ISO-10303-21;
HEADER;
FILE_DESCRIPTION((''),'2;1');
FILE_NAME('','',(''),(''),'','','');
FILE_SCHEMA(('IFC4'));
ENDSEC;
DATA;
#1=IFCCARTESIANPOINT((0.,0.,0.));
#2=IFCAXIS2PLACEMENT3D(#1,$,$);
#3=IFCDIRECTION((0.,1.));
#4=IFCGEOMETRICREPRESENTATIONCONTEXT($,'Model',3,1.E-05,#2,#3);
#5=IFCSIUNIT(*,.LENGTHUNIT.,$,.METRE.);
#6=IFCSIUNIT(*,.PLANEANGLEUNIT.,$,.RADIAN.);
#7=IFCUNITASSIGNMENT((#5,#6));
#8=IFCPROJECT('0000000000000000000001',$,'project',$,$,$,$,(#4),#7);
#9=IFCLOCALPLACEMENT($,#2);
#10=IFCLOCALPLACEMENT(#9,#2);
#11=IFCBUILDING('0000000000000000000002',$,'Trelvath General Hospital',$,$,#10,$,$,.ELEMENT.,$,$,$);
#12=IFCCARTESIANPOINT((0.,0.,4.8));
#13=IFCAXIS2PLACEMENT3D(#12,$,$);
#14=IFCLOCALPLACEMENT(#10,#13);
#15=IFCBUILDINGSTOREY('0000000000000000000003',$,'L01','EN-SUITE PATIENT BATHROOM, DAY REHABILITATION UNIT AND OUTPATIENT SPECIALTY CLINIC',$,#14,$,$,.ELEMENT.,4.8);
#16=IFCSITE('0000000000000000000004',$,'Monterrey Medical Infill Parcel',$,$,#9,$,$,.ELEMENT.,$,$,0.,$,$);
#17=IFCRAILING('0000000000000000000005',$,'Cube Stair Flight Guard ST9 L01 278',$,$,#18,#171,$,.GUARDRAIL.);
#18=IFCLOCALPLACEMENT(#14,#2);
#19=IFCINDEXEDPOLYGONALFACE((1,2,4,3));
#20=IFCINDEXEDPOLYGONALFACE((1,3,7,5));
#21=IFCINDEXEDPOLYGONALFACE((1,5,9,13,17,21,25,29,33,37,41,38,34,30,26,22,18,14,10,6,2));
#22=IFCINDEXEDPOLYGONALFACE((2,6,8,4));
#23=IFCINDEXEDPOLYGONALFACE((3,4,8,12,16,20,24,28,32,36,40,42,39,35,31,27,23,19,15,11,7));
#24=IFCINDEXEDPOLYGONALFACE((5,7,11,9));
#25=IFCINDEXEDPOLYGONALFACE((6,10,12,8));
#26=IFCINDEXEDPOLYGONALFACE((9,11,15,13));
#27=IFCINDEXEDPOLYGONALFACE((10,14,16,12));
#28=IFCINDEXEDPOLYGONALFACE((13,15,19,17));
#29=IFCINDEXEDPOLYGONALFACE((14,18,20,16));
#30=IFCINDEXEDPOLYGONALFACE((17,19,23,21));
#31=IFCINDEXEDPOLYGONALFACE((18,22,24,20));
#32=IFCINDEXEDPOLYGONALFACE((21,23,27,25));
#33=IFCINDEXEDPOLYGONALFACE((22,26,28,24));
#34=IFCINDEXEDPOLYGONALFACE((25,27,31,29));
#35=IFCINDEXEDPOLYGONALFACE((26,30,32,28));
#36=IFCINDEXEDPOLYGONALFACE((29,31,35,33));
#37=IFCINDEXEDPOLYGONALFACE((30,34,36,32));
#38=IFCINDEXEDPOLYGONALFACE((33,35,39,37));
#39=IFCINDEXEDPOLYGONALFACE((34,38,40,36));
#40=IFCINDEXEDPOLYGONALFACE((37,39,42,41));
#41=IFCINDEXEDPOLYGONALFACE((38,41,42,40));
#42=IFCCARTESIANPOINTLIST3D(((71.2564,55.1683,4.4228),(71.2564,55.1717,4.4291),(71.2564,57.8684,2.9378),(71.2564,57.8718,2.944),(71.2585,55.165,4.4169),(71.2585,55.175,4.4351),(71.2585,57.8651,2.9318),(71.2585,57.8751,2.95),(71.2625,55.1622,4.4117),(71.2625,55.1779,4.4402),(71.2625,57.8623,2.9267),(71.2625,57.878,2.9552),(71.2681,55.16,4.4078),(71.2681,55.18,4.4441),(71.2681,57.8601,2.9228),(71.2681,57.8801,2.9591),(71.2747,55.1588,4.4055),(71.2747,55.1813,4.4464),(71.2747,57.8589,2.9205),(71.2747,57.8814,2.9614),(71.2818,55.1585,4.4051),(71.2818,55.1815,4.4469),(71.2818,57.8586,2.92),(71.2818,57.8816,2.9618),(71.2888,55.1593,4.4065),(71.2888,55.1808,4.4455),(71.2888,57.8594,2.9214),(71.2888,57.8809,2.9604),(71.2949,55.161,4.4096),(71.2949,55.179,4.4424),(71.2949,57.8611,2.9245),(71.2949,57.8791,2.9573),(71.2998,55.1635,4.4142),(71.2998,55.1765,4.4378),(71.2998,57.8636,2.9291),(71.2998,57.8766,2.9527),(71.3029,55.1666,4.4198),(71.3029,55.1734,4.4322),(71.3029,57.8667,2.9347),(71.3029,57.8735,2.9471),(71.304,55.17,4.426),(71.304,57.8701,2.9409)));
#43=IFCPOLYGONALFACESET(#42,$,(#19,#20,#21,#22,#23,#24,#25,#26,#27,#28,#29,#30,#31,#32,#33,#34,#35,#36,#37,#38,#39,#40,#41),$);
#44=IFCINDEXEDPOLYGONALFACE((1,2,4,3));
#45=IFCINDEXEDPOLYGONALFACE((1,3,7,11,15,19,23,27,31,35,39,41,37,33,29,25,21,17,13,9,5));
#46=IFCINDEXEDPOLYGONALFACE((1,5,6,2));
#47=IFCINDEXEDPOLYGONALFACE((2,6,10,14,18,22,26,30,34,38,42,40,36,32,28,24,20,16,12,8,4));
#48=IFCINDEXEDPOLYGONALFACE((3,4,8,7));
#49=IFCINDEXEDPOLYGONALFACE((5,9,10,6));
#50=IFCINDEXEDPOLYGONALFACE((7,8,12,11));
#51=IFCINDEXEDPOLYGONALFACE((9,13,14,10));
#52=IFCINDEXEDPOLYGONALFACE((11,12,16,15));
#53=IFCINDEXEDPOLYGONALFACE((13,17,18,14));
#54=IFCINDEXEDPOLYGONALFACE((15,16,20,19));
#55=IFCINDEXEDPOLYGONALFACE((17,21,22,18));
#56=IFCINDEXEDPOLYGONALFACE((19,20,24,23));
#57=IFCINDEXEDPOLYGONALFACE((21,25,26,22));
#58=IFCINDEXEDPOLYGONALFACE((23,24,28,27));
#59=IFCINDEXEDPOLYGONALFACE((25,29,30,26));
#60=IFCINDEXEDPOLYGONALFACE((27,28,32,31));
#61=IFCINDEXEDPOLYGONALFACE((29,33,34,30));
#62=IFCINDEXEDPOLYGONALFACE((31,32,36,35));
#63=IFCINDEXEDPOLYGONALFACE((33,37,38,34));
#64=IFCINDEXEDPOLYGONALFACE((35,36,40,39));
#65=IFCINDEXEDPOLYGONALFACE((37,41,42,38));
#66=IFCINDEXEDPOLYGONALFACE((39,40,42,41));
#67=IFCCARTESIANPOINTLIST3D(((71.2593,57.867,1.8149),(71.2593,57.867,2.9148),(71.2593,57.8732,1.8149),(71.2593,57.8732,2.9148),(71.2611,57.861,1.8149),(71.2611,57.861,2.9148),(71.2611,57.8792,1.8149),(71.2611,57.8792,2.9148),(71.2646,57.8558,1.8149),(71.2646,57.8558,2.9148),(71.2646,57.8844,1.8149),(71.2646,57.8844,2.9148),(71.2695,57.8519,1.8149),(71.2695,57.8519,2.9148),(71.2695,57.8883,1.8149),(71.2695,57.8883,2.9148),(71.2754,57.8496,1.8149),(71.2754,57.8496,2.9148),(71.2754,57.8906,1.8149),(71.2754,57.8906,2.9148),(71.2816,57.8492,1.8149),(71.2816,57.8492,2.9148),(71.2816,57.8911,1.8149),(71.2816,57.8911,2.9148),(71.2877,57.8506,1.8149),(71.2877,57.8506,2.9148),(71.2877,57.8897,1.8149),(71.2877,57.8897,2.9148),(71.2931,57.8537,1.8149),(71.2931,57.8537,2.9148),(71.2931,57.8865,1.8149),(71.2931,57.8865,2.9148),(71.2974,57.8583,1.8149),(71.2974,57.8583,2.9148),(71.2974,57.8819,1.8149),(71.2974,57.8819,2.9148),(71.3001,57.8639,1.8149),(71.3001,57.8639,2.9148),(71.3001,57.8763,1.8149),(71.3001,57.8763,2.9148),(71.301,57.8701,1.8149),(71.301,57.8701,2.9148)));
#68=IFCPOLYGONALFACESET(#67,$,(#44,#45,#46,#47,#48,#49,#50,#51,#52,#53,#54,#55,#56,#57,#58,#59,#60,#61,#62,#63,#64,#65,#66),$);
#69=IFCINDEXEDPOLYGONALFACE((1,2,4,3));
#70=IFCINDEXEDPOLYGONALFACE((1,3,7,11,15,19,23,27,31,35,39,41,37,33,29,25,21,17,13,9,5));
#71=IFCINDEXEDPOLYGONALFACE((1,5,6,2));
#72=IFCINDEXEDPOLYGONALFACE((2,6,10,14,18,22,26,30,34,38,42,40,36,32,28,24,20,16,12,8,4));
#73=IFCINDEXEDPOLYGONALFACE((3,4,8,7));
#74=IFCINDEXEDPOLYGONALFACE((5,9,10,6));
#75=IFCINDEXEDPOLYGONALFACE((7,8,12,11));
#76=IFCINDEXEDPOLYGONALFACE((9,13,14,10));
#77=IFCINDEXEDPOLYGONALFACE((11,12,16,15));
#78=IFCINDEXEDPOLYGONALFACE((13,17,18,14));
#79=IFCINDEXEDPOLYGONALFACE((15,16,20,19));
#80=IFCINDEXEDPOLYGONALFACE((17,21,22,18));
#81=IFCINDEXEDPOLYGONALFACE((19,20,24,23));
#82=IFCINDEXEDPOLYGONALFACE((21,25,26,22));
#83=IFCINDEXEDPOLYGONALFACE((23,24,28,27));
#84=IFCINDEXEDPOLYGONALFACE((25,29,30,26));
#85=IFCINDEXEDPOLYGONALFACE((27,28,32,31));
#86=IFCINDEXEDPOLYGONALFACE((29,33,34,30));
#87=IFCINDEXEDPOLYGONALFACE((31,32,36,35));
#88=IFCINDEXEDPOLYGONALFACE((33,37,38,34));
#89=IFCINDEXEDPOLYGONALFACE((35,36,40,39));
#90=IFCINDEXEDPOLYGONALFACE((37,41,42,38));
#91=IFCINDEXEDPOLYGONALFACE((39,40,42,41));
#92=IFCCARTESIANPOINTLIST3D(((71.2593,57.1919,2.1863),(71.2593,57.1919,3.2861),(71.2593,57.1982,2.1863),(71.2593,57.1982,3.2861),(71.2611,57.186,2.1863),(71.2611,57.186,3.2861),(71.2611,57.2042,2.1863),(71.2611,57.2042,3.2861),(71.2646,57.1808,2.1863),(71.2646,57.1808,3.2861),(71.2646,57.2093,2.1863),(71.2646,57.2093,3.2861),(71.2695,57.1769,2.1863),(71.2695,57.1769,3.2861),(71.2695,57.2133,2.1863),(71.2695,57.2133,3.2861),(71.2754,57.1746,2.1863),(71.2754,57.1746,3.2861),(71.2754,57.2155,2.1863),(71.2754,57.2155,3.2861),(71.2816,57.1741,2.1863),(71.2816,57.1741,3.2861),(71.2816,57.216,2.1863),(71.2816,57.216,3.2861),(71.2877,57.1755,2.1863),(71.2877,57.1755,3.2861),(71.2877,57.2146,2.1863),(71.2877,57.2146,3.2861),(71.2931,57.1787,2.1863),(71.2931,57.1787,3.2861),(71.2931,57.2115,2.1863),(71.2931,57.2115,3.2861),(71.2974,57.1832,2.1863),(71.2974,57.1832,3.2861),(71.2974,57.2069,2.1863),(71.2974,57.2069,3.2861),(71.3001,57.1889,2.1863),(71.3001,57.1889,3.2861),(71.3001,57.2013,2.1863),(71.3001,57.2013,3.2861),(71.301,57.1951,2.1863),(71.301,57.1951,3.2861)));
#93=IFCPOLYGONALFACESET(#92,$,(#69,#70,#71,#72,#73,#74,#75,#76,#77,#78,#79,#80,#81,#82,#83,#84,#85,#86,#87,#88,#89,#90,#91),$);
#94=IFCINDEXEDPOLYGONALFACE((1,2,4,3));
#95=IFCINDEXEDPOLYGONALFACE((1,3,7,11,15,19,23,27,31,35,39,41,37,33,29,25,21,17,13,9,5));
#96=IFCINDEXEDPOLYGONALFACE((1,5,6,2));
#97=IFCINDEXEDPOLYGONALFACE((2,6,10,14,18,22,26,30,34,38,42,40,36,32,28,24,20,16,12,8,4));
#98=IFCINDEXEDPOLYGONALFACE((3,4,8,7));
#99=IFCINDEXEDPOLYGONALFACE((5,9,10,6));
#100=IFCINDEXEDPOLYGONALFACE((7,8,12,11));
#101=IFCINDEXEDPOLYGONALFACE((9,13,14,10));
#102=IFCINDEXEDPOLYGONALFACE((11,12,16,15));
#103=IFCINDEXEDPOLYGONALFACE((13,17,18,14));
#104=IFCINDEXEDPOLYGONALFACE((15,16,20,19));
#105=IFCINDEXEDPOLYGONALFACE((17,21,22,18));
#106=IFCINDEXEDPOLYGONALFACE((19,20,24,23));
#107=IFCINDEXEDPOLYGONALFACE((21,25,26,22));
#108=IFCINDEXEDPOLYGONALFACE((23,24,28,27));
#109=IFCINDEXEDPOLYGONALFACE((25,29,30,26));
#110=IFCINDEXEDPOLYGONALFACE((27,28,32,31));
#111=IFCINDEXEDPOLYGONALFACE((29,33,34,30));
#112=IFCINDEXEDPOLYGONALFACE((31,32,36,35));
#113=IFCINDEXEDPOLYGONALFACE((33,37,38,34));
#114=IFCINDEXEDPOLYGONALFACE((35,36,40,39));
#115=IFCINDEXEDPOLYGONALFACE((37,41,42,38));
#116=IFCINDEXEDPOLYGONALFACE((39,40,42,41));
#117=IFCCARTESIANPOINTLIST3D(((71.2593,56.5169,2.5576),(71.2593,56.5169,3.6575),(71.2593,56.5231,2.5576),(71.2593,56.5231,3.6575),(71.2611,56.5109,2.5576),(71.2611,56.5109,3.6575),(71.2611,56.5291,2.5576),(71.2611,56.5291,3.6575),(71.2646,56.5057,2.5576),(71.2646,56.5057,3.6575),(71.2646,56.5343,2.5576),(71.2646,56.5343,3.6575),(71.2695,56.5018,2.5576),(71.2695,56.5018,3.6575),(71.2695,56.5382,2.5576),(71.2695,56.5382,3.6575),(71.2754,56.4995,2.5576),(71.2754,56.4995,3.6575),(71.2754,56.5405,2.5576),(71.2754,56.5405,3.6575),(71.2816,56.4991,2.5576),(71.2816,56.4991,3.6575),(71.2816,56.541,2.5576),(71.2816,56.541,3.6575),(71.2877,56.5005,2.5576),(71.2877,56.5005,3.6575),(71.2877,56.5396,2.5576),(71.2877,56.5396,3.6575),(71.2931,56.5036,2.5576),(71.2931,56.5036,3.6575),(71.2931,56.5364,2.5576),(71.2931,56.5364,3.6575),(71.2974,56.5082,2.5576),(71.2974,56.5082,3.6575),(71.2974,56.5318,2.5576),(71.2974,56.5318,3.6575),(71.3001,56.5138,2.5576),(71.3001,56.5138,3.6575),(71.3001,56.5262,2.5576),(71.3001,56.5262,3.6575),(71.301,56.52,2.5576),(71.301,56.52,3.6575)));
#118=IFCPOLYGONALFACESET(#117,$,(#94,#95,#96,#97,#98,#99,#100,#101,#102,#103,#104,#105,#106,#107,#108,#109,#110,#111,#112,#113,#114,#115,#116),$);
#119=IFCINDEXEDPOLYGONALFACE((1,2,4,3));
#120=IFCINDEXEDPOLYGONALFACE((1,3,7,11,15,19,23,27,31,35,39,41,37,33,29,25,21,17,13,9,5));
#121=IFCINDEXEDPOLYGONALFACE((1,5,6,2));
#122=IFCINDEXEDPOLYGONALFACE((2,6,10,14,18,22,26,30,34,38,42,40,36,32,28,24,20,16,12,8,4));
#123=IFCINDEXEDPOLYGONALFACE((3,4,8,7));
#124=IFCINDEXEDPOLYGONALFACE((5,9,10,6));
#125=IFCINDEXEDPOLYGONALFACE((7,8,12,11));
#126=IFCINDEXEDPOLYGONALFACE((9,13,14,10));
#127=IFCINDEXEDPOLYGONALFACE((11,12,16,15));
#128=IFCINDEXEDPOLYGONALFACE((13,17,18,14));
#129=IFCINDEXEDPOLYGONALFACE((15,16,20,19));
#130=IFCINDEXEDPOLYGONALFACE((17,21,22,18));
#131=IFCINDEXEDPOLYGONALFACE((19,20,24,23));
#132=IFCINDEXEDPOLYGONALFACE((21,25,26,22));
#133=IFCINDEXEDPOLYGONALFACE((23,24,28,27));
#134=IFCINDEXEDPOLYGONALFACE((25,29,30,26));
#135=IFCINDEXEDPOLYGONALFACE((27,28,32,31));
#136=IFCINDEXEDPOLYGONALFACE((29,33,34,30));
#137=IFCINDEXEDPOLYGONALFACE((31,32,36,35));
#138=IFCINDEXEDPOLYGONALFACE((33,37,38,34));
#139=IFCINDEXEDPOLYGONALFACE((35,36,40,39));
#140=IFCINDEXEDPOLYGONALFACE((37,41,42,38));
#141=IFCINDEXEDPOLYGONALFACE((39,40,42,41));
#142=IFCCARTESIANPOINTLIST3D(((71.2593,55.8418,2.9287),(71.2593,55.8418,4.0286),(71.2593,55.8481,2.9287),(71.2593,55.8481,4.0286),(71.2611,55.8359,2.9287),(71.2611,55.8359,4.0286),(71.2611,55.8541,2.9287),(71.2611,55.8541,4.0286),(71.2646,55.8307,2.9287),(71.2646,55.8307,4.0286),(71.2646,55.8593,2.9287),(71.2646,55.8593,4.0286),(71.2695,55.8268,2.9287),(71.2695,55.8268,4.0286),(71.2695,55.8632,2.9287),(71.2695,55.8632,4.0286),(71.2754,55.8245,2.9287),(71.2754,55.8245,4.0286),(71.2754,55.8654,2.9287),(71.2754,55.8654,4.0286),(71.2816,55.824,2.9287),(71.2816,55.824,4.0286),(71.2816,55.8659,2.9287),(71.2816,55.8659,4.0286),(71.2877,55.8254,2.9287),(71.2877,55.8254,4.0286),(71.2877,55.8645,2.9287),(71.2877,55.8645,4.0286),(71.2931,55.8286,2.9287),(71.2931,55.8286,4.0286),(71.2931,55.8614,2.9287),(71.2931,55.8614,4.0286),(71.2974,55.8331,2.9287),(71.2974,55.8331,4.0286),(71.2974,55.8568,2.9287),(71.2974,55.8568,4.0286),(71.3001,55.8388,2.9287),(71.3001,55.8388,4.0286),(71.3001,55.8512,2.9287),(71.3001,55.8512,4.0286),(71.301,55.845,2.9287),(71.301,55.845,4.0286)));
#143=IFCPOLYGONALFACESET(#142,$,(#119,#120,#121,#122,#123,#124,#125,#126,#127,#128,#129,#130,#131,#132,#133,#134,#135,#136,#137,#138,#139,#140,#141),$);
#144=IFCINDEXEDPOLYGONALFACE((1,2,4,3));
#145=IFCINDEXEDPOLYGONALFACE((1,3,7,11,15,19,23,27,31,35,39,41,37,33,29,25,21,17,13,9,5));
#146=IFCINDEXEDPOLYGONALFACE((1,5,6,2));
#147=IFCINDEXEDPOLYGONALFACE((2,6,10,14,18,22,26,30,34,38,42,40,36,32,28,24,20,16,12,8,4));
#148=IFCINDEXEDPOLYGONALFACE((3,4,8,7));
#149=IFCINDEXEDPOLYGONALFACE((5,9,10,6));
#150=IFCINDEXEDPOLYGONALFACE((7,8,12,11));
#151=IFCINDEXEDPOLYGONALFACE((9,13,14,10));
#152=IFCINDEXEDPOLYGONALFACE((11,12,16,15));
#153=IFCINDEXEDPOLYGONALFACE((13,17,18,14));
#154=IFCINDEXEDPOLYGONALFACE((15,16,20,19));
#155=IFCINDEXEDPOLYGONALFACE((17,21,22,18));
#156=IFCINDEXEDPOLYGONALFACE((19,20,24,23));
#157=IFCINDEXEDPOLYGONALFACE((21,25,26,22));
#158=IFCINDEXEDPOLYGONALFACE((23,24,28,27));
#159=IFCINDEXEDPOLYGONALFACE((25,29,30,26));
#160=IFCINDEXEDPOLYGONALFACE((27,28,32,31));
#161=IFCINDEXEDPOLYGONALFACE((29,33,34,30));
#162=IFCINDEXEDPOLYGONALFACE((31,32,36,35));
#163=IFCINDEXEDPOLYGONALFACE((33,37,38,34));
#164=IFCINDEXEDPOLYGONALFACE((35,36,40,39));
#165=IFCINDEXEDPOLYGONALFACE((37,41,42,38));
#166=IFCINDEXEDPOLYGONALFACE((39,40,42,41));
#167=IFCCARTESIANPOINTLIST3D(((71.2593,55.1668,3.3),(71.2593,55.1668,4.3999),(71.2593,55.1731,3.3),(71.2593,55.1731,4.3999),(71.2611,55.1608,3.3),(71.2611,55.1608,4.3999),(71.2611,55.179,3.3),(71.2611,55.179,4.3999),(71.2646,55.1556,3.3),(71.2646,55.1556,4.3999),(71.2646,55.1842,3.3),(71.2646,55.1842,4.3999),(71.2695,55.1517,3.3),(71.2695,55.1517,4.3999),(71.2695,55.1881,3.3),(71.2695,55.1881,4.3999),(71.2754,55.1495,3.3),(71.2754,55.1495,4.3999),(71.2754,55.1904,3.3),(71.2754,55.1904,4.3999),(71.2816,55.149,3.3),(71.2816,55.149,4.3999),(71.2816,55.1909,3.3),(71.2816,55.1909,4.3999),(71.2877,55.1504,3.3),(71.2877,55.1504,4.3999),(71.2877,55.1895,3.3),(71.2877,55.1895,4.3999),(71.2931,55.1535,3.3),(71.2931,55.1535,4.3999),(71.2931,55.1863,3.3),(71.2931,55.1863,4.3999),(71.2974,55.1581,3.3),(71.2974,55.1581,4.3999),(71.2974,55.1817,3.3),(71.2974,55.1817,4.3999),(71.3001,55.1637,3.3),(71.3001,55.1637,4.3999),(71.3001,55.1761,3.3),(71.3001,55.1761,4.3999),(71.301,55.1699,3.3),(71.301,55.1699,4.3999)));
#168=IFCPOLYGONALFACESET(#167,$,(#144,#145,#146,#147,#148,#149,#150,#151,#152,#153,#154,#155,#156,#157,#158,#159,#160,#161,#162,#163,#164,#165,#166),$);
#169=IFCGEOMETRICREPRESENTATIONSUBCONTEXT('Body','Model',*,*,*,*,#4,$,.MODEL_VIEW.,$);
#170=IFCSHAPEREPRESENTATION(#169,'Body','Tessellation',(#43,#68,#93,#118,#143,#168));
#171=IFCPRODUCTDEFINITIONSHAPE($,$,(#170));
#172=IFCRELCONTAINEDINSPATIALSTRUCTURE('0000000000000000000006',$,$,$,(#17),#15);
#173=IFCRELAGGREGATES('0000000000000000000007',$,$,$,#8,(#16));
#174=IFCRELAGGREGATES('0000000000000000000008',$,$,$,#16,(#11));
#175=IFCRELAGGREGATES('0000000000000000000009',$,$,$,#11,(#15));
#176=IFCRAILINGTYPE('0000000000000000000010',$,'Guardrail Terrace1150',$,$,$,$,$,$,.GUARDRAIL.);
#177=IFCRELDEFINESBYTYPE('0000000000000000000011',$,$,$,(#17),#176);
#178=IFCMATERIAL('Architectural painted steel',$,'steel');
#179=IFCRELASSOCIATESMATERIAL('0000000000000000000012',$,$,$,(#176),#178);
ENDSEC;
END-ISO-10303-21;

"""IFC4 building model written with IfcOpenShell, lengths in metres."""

from ifc_helpers import new_model, si_unit, direction, frame, origin, origin_2d, place, context, subcontext, project, spatial, circle, extrude, material, type_object, element, save


model = new_model("IFC4")

# Units and contexts
model_context = context("Model", 3, precision=1e-05, world=origin(), true_north=direction((0.0, 1.0)))
body_context = subcontext(model_context, "Body", "Model", "MODEL_VIEW")
ifc_project = project(units=[si_unit("LENGTHUNIT", "METRE"), si_unit("PLANEANGLEUNIT", "RADIAN")], contexts=[model_context])

# Site, building, storey
site_placement = place(None, origin())
site = spatial("IfcSite", under=ifc_project, at=site_placement, Name="Monterrey Medical Infill Parcel", CompositionType="ELEMENT", RefElevation=0.0)
building_placement = place(site_placement, origin())
building = spatial("IfcBuilding", under=site, at=building_placement, Name="Trelvath General Hospital", CompositionType="ELEMENT")
storey_placement = place(building_placement, frame((0.0, 0.0, 4.8)))
storey = spatial("IfcBuildingStorey", under=building, at=storey_placement, Name="L01", Description="EN-SUITE PATIENT BATHROOM, DAY REHABILITATION UNIT AND OUTPATIENT SPECIALTY CLINIC", CompositionType="ELEMENT", Elevation=4.8)

# Railing
ifc_material_1 = material(Name="Architectural painted steel", Category="steel")
railing_type = type_object("IfcRailingType", Name="Guardrail Terrace1150", PredefinedType="GUARDRAIL", material=ifc_material_1)
for number, where, name in (
    (1, (71.28, 57.8701, 1.8149), "Cube Stair Flight Guard ST9 L01 278"),
):
    element("IfcRailing", number, at=place(storey_placement, frame(where)), inside=storey, type_object=railing_type, Name=name, PredefinedType="GUARDRAIL", context=body_context, shape_type="SweptSolid", body=[
        extrude(circle(Radius=0.0239, at=origin_2d()), frame((0.0, 0.0, 1.126), z_axis=(0.0, -0.876216, 0.481919), x_axis=(1.0, 0.0, 0.0)), (0.0, 0.0, 1.0), 3.0815),
        extrude(circle(Radius=0.021, at=origin_2d()), origin(), (0.0, 0.0, 1.0), 1.0999),
        extrude(circle(Radius=0.021, at=origin_2d()), frame((0.0, -0.675, 0.3713)), (0.0, 0.0, 1.0), 1.0999),
        extrude(circle(Radius=0.021, at=origin_2d()), frame((0.0, -1.3501, 0.7427)), (0.0, 0.0, 1.0), 1.0999),
        extrude(circle(Radius=0.021, at=origin_2d()), frame((0.0, -2.0251, 1.1138)), (0.0, 0.0, 1.0), 1.0999),
        extrude(circle(Radius=0.021, at=origin_2d()), frame((0.0, -2.7002, 1.4851)), (0.0, 0.0, 1.0), 1.0999),
    ])

save(model, "model.ifc")
